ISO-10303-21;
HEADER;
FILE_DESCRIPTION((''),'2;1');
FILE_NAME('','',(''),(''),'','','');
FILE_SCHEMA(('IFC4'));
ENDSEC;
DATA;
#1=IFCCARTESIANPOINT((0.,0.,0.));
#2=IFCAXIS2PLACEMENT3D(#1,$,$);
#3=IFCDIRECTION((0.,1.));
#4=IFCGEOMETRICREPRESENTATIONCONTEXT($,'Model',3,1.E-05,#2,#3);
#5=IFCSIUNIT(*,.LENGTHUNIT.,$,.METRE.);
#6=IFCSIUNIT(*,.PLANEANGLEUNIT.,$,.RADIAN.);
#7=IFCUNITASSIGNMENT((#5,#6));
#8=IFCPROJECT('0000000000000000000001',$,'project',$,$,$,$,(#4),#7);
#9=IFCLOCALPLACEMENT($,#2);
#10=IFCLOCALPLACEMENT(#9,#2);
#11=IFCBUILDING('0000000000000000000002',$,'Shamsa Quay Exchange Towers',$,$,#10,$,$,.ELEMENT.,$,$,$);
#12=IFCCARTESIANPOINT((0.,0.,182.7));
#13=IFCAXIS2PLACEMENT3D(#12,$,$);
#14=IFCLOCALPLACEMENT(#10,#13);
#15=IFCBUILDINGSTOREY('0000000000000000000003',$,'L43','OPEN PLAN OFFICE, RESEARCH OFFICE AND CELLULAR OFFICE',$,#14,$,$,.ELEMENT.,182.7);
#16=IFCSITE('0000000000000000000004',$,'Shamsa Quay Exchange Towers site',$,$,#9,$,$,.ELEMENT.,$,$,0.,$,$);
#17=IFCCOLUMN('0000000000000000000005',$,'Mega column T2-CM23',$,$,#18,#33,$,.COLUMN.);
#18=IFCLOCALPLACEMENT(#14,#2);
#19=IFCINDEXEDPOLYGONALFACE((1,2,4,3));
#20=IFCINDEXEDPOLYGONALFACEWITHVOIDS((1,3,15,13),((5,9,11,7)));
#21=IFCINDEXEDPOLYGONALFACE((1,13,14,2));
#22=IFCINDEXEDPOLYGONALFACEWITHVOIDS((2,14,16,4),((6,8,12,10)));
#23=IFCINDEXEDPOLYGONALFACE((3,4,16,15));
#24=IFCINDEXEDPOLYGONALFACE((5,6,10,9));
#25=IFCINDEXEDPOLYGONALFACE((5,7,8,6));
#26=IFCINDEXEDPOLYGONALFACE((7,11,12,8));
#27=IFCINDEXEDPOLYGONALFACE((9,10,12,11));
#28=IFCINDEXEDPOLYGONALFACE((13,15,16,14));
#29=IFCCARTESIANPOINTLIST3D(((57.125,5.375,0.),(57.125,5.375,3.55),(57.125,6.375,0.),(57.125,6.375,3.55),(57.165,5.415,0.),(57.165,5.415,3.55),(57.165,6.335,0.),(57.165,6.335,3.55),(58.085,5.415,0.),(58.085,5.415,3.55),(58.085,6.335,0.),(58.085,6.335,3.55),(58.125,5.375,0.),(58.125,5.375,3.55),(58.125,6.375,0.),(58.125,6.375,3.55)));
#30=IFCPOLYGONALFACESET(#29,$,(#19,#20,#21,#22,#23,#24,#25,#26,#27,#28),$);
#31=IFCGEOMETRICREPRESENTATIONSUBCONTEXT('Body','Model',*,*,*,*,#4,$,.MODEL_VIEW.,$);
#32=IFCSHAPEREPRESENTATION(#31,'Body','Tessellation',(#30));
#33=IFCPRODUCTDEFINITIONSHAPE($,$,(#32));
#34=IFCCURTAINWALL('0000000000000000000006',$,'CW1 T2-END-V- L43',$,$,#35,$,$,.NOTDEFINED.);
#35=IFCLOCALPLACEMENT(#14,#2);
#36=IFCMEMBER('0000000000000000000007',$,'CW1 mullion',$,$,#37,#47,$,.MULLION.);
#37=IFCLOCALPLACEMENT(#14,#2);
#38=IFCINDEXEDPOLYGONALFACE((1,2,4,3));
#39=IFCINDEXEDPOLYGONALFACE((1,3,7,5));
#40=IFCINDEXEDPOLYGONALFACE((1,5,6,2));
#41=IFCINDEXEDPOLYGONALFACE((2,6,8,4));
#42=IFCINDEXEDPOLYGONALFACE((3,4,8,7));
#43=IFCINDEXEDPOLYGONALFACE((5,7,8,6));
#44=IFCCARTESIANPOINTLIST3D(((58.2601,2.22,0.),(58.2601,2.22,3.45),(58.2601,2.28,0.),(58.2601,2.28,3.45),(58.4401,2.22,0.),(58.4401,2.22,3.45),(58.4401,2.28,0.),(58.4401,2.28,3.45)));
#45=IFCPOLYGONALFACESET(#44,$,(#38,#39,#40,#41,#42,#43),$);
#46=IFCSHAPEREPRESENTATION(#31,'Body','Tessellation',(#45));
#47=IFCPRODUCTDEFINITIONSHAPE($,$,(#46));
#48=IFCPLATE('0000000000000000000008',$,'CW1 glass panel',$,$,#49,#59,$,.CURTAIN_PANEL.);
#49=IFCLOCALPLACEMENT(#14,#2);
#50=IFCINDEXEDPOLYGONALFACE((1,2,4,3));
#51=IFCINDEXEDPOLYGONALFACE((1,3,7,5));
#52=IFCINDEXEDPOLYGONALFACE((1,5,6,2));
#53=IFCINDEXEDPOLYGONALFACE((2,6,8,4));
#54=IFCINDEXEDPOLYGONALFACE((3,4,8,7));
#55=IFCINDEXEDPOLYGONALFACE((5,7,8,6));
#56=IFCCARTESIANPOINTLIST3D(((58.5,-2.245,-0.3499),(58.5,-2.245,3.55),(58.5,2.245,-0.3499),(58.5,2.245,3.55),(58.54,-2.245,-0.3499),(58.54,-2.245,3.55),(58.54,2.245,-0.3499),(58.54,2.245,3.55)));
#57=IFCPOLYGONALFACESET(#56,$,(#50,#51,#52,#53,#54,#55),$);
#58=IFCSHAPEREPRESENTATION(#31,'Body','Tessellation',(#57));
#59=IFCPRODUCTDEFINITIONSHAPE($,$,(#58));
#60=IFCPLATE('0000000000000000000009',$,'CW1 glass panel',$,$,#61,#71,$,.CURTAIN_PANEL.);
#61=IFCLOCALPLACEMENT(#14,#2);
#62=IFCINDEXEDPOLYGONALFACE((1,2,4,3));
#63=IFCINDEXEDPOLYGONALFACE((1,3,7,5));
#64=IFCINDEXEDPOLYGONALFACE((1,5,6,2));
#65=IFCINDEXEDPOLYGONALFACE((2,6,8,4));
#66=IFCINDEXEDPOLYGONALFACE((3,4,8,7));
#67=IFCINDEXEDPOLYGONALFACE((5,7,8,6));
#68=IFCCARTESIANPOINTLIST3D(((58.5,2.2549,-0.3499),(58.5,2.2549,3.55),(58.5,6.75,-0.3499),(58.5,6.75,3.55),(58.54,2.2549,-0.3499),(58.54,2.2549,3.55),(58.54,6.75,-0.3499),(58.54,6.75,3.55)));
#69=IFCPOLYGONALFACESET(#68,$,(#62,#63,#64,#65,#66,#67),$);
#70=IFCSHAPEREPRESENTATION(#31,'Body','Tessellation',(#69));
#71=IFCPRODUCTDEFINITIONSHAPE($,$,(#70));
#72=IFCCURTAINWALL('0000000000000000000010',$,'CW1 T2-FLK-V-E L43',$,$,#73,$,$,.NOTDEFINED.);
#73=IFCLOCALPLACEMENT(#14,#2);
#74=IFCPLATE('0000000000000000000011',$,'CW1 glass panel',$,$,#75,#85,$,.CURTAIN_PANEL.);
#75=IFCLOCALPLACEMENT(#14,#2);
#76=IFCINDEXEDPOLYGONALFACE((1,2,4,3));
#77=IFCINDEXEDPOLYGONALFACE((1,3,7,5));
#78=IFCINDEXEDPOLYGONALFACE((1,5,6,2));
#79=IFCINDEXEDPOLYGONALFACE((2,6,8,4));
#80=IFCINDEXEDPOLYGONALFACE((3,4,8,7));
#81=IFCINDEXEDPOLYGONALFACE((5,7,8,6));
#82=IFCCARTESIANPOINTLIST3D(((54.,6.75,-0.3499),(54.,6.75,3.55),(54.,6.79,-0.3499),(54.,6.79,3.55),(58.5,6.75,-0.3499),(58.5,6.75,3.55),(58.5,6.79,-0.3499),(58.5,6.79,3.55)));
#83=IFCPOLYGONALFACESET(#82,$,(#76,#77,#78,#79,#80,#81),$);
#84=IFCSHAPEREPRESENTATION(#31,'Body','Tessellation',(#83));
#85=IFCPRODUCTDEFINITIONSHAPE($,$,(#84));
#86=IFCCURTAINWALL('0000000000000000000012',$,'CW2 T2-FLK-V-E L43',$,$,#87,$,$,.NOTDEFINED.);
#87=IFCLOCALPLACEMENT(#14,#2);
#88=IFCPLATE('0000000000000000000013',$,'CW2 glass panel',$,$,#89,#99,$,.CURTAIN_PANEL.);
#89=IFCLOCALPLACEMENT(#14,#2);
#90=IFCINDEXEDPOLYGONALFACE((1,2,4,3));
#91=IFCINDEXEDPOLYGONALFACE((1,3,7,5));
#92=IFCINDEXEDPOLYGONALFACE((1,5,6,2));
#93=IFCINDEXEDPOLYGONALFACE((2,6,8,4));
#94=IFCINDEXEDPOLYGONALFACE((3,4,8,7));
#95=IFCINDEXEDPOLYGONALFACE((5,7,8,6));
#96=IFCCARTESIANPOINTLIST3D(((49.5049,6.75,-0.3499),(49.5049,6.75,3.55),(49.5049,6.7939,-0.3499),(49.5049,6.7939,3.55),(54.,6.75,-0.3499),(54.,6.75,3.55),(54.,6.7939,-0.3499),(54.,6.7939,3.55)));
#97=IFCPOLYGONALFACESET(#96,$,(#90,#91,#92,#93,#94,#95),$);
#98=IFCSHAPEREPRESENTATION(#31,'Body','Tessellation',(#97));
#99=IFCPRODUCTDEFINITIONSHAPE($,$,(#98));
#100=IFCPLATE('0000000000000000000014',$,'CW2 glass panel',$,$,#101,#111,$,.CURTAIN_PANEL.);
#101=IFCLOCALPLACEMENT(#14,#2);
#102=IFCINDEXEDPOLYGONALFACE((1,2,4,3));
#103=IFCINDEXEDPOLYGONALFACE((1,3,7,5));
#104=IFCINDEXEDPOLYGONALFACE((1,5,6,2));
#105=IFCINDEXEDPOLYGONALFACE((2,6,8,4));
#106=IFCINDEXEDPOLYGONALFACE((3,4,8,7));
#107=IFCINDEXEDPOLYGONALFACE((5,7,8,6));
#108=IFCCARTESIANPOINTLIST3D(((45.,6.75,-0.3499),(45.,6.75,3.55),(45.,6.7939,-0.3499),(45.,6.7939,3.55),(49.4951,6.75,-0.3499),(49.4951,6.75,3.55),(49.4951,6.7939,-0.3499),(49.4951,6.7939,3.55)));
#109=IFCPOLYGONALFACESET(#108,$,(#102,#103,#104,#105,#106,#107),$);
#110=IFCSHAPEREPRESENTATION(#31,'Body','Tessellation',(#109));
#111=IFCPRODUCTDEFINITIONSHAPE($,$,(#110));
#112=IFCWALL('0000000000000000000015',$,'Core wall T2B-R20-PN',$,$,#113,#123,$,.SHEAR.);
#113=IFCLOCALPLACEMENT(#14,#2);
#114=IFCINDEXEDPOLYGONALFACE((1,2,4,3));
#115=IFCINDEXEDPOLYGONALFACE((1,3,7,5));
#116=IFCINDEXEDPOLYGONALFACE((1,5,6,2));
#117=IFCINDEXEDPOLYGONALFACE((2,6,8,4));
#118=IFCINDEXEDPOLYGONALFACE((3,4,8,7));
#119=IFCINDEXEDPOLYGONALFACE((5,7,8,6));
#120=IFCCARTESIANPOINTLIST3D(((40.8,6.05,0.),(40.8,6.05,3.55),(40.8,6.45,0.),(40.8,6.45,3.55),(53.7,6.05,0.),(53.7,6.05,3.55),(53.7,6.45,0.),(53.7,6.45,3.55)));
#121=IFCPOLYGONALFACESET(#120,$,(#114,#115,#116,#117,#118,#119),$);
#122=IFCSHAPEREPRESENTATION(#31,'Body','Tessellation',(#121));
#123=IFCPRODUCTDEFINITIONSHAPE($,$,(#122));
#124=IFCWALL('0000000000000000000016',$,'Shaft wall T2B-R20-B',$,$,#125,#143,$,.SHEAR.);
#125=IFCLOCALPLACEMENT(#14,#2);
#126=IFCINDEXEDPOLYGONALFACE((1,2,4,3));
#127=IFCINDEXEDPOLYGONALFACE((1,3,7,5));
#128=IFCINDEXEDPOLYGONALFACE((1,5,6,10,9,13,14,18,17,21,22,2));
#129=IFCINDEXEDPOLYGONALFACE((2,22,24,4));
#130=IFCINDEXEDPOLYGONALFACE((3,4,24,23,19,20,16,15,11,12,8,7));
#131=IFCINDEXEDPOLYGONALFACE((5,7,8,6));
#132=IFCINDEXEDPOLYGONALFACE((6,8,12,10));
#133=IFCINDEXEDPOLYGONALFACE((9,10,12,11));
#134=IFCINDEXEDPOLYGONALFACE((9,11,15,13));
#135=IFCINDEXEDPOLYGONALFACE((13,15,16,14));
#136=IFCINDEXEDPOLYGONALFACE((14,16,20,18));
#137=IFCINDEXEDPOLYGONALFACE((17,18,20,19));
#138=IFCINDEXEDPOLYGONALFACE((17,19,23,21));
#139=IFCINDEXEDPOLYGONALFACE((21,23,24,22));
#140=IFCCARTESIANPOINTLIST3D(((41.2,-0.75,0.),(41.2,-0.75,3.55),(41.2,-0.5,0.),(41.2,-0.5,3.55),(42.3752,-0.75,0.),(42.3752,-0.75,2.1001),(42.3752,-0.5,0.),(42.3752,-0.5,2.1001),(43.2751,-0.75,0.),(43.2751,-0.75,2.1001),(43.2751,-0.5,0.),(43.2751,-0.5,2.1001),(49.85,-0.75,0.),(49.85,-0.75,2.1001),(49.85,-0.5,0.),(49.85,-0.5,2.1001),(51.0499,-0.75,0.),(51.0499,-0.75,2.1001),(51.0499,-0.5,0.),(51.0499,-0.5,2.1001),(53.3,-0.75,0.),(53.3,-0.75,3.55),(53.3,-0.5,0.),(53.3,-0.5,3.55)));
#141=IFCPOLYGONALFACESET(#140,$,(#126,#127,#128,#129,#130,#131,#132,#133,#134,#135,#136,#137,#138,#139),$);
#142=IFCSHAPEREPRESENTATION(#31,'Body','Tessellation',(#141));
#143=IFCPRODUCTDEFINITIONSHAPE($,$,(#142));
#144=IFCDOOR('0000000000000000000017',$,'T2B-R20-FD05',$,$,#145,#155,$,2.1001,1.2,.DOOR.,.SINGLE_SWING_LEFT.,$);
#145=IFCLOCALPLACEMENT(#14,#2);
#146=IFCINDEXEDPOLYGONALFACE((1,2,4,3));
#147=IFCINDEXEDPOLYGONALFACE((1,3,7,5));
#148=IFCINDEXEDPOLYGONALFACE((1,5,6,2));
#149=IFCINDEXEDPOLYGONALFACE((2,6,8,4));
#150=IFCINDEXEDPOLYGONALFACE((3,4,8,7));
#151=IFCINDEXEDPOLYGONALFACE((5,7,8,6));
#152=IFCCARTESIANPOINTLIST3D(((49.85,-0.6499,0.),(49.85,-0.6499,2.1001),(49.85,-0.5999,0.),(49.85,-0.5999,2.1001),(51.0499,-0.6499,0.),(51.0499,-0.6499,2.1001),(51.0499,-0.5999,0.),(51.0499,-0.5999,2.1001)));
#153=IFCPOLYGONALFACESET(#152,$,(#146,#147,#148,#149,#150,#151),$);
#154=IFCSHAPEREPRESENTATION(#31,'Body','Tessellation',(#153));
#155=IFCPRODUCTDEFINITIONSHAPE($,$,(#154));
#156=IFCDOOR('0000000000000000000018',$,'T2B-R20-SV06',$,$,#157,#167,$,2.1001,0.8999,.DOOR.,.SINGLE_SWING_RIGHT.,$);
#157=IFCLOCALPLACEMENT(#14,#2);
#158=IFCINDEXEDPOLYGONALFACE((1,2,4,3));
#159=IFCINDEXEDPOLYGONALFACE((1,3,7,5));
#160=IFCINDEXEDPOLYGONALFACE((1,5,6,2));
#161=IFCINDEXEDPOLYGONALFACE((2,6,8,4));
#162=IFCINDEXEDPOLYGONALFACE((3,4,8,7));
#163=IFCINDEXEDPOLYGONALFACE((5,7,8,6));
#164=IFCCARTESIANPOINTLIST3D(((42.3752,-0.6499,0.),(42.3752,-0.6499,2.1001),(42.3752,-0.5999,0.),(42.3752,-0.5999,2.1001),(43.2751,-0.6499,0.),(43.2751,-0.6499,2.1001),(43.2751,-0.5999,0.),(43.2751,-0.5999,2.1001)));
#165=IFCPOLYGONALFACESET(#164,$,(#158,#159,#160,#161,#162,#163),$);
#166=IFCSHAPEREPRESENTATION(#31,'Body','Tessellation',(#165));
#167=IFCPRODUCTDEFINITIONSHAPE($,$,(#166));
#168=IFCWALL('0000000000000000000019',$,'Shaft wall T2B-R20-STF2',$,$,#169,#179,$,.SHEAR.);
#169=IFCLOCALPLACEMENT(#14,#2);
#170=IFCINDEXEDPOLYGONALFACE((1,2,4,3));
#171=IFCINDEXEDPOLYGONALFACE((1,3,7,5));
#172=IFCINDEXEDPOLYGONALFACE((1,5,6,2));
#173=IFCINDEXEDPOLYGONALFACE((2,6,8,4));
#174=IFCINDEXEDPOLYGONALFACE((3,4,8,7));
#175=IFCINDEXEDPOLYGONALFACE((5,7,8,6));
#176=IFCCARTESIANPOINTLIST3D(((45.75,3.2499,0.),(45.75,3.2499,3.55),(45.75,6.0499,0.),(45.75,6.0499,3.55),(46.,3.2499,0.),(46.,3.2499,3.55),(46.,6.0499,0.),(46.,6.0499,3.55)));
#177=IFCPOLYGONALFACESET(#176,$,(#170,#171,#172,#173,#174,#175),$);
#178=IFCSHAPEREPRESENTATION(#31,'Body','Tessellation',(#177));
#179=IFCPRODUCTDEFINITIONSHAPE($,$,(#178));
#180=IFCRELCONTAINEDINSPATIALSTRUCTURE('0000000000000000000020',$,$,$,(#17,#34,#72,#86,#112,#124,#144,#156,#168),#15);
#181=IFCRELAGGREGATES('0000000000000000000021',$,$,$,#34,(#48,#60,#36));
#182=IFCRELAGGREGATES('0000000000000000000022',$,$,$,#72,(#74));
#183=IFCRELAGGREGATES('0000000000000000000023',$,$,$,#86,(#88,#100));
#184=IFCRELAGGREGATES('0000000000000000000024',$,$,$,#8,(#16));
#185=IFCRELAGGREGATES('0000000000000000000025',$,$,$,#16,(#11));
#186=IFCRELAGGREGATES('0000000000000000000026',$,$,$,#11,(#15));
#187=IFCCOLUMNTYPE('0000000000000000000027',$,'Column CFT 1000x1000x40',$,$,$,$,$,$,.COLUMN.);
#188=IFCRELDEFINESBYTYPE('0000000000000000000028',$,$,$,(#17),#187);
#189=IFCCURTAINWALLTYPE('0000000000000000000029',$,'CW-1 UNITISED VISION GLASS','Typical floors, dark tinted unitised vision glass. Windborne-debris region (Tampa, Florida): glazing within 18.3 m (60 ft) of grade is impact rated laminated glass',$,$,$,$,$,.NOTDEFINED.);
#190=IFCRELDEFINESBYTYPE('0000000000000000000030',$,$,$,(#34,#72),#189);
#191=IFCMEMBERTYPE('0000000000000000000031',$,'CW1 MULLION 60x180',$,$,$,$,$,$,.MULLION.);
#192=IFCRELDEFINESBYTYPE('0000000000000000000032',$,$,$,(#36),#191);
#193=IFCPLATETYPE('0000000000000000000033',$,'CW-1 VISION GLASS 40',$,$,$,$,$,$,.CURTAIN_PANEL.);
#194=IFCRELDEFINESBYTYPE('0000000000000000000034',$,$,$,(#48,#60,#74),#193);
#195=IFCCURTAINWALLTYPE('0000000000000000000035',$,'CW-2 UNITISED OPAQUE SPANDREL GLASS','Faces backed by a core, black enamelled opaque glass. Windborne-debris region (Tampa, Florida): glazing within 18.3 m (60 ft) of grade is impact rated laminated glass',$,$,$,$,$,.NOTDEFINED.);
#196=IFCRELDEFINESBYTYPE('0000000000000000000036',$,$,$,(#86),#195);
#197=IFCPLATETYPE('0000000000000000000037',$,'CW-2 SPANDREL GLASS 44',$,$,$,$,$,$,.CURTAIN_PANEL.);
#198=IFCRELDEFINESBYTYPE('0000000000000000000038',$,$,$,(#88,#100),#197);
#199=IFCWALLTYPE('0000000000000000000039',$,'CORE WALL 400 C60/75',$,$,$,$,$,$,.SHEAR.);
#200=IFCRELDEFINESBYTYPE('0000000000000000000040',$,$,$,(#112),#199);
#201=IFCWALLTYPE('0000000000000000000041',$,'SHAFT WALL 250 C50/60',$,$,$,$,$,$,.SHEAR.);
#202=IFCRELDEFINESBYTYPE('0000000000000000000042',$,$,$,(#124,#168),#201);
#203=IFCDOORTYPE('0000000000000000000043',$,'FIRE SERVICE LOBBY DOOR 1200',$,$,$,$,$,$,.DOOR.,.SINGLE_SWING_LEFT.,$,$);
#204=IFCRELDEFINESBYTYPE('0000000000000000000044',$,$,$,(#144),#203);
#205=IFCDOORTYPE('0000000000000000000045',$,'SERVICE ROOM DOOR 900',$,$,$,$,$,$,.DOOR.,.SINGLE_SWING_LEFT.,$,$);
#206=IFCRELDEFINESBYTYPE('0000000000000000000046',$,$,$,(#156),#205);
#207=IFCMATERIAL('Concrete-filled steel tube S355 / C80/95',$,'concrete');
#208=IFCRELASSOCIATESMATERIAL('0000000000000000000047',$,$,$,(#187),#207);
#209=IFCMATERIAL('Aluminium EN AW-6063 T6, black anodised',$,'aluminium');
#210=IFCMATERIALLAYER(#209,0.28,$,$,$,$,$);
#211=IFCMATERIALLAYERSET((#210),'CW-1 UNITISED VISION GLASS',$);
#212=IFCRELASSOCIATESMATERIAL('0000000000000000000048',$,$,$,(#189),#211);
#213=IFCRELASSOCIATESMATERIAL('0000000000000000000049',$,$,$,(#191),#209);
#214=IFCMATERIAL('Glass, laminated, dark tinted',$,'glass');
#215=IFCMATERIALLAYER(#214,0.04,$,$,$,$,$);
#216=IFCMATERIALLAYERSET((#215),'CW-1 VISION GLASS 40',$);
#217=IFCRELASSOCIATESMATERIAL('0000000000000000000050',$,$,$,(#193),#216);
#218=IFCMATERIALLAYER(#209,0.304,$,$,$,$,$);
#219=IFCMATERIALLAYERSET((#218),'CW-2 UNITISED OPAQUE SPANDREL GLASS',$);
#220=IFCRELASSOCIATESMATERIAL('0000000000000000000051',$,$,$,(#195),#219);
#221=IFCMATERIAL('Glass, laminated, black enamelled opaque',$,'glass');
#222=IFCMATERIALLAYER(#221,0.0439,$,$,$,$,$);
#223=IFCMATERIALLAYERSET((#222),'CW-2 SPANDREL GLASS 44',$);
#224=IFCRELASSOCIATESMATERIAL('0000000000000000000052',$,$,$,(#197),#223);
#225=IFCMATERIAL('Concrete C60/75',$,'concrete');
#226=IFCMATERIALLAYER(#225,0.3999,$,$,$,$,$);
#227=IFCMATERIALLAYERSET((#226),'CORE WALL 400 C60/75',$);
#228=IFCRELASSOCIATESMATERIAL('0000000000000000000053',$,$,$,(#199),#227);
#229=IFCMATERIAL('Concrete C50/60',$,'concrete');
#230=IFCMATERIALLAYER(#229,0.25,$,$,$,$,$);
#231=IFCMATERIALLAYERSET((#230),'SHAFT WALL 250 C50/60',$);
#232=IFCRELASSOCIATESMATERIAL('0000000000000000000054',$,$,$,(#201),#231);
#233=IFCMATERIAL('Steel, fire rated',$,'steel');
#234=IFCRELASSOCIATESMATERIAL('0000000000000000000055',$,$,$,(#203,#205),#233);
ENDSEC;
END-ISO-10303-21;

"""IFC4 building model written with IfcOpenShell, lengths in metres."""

from ifc_helpers import new_model, si_unit, direction, frame, frame_2d, origin, origin_2d, place, context, subcontext, project, spatial, rectangle, hollow_rectangle, extrude, material, layer, layer_set, material_profile, profile_set, type_object, element, fill, aggregate, save


model = new_model("IFC4")

# Units and contexts
model_context = context("Model", 3, precision=1e-05, world=origin(), true_north=direction((0.0, 1.0)))
body_context = subcontext(model_context, "Body", "Model", "MODEL_VIEW")
ifc_project = project(units=[si_unit("LENGTHUNIT", "METRE"), si_unit("PLANEANGLEUNIT", "RADIAN")], contexts=[model_context])

# Site, building, storey
site_placement = place(None, origin())
site = spatial("IfcSite", under=ifc_project, at=site_placement, Name="Shamsa Quay Exchange Towers site", CompositionType="ELEMENT", RefElevation=0.0)
building_placement = place(site_placement, origin())
building = spatial("IfcBuilding", under=site, at=building_placement, Name="Shamsa Quay Exchange Towers", CompositionType="ELEMENT")
storey_placement = place(building_placement, frame((0.0, 0.0, 182.7)))
storey = spatial("IfcBuildingStorey", under=building, at=storey_placement, Name="L43", Description="OPEN PLAN OFFICE, RESEARCH OFFICE AND CELLULAR OFFICE", CompositionType="ELEMENT", Elevation=182.7)

# Column
ifc_material_1 = material(Name="Concrete-filled steel tube S355 / C80/95", Category="concrete")
ifc_material_profile_1 = material_profile(ifc_material_1, hollow_rectangle(XDim=1.0, YDim=1.0, WallThickness=0.04, at=origin_2d()), Name="CFT 1000x1000x40")
ifc_profile_set_1 = profile_set([ifc_material_profile_1], Name="Concrete-filled steel tube S355 / C80/95")
column_type = type_object("IfcColumnType", Name="Column CFT 1000x1000x40", PredefinedType="COLUMN", material=ifc_profile_set_1)
column_placement = place(storey_placement, frame((57.625, 5.875, 0.0)))
element("IfcColumn", 1, at=column_placement, inside=storey, type_object=column_type, Name="Mega column T2-CM23", PredefinedType="COLUMN", context=body_context, shape_type="SweptSolid", body=[
    extrude(hollow_rectangle(XDim=1.0, YDim=1.0, WallThickness=0.04, at=origin_2d()), origin(), (0.0, 0.0, 1.0), 3.55),
])

# Curtain wall, member, plates
ifc_material_2 = material(Name="Aluminium EN AW-6063 T6, black anodised", Category="aluminium")
ifc_layer_1 = layer(ifc_material_2, 0.28)
ifc_layer_set_1 = layer_set([ifc_layer_1], Name="CW-1 UNITISED VISION GLASS")
curtain_wall_type_1 = type_object("IfcCurtainWallType", Name="CW-1 UNITISED VISION GLASS", Description="Typical floors, dark tinted unitised vision glass. Windborne-debris region (Tampa, Florida): glazing within 18.3 m (60 ft) of grade is impact rated laminated glass", PredefinedType="NOTDEFINED", material=ifc_layer_set_1)
curtain_wall_1_placement = place(storey_placement, origin())
curtain_wall_1 = element("IfcCurtainWall", 2, at=curtain_wall_1_placement, inside=storey, type_object=curtain_wall_type_1, Name="CW1 T2-END-V- L43", PredefinedType="NOTDEFINED")
ifc_material_profile_2 = material_profile(ifc_material_2, rectangle(XDim=0.1799, YDim=0.0601, at=origin_2d()), Name="MU60x180")
ifc_profile_set_2 = profile_set([ifc_material_profile_2], Name="Aluminium EN AW-6063 T6, black anodised")
member_type = type_object("IfcMemberType", Name="CW1 MULLION 60x180", PredefinedType="MULLION", material=ifc_profile_set_2)
member_placement = place(storey_placement, frame((58.3501, 2.25, 0.0), z_axis=(0.0, 0.0, 1.0), x_axis=(-1.0, 0.0, 0.0)))
member = element("IfcMember", 3, at=member_placement, type_object=member_type, Name="CW1 mullion", PredefinedType="MULLION", context=body_context, shape_type="SweptSolid", body=[
    extrude(rectangle(XDim=0.1799, YDim=0.0601, at=origin_2d()), origin(), (0.0, 0.0, 1.0), 3.45),
])
ifc_material_3 = material(Name="Glass, laminated, dark tinted", Category="glass")
ifc_layer_2 = layer(ifc_material_3, 0.04)
ifc_layer_set_2 = layer_set([ifc_layer_2], Name="CW-1 VISION GLASS 40")
plate_type_1 = type_object("IfcPlateType", Name="CW-1 VISION GLASS 40", PredefinedType="CURTAIN_PANEL", material=ifc_layer_set_2)
plate_1_placement = place(storey_placement, frame((58.52, 0.0, -0.3499), z_axis=(0.0, 0.0, 1.0), x_axis=(0.0, 1.0, 0.0)))
plate_1 = element("IfcPlate", 4, at=plate_1_placement, type_object=plate_type_1, Name="CW1 glass panel", PredefinedType="CURTAIN_PANEL", context=body_context, shape_type="SweptSolid", body=[
    extrude(rectangle(XDim=4.49, YDim=0.04, at=origin_2d()), origin(), (0.0, 0.0, 1.0), 3.8999),
])
plate_2_placement = place(storey_placement, frame((58.52, 4.5024, -0.3499), z_axis=(0.0, 0.0, 1.0), x_axis=(0.0, 1.0, 0.0)))
plate_2 = element("IfcPlate", 5, at=plate_2_placement, type_object=plate_type_1, Name="CW1 glass panel", PredefinedType="CURTAIN_PANEL", context=body_context, shape_type="SweptSolid", body=[
    extrude(rectangle(XDim=4.4951, YDim=0.04, at=origin_2d()), origin(), (0.0, 0.0, 1.0), 3.8999),
])
aggregate(curtain_wall_1, [plate_1, plate_2, member])

# Curtain wall, plate
curtain_wall_2_placement = place(storey_placement, origin())
curtain_wall_2 = element("IfcCurtainWall", 6, at=curtain_wall_2_placement, inside=storey, type_object=curtain_wall_type_1, Name="CW1 T2-FLK-V-E L43", PredefinedType="NOTDEFINED")
plate_3_placement = place(storey_placement, frame((56.25, 6.77, -0.3499), z_axis=(0.0, 0.0, 1.0), x_axis=(-1.0, 0.0, 0.0)))
plate_3 = element("IfcPlate", 7, at=plate_3_placement, type_object=plate_type_1, Name="CW1 glass panel", PredefinedType="CURTAIN_PANEL", context=body_context, shape_type="SweptSolid", body=[
    extrude(rectangle(XDim=4.5, YDim=0.04, at=origin_2d()), origin(), (0.0, 0.0, 1.0), 3.8999),
])
aggregate(curtain_wall_2, [plate_3])

# Curtain wall, plates
ifc_layer_3 = layer(ifc_material_2, 0.304)
ifc_layer_set_3 = layer_set([ifc_layer_3], Name="CW-2 UNITISED OPAQUE SPANDREL GLASS")
curtain_wall_type_2 = type_object("IfcCurtainWallType", Name="CW-2 UNITISED OPAQUE SPANDREL GLASS", Description="Faces backed by a core, black enamelled opaque glass. Windborne-debris region (Tampa, Florida): glazing within 18.3 m (60 ft) of grade is impact rated laminated glass", PredefinedType="NOTDEFINED", material=ifc_layer_set_3)
curtain_wall_3_placement = place(storey_placement, origin())
curtain_wall_3 = element("IfcCurtainWall", 8, at=curtain_wall_3_placement, inside=storey, type_object=curtain_wall_type_2, Name="CW2 T2-FLK-V-E L43", PredefinedType="NOTDEFINED")
ifc_material_4 = material(Name="Glass, laminated, black enamelled opaque", Category="glass")
ifc_layer_4 = layer(ifc_material_4, 0.0439)
ifc_layer_set_4 = layer_set([ifc_layer_4], Name="CW-2 SPANDREL GLASS 44")
plate_type_2 = type_object("IfcPlateType", Name="CW-2 SPANDREL GLASS 44", PredefinedType="CURTAIN_PANEL", material=ifc_layer_set_4)
plate_4_placement = place(storey_placement, frame((51.7524, 6.772, -0.3499), z_axis=(0.0, 0.0, 1.0), x_axis=(-1.0, 0.0, 0.0)))
plate_4 = element("IfcPlate", 9, at=plate_4_placement, type_object=plate_type_2, Name="CW2 glass panel", PredefinedType="CURTAIN_PANEL", context=body_context, shape_type="SweptSolid", body=[
    extrude(rectangle(XDim=4.4951, YDim=0.0439, at=origin_2d()), origin(), (0.0, 0.0, 1.0), 3.8999),
])
plate_5_placement = place(storey_placement, frame((47.2476, 6.772, -0.3499), z_axis=(0.0, 0.0, 1.0), x_axis=(-1.0, 0.0, 0.0)))
plate_5 = element("IfcPlate", 10, at=plate_5_placement, type_object=plate_type_2, Name="CW2 glass panel", PredefinedType="CURTAIN_PANEL", context=body_context, shape_type="SweptSolid", body=[
    extrude(rectangle(XDim=4.4951, YDim=0.0439, at=origin_2d()), origin(), (0.0, 0.0, 1.0), 3.8999),
])
aggregate(curtain_wall_3, [plate_4, plate_5])

# Wall
ifc_material_5 = material(Name="Concrete C60/75", Category="concrete")
ifc_layer_5 = layer(ifc_material_5, 0.3999)
ifc_layer_set_5 = layer_set([ifc_layer_5], Name="CORE WALL 400 C60/75")
wall_type_1 = type_object("IfcWallType", Name="CORE WALL 400 C60/75", PredefinedType="SHEAR", material=ifc_layer_set_5)
wall_1_placement = place(storey_placement, frame((53.7, 6.25, 0.0), z_axis=(0.0, 0.0, 1.0), x_axis=(-1.0, 0.0, 0.0)))
element("IfcWall", 11, at=wall_1_placement, inside=storey, type_object=wall_type_1, Name="Core wall T2B-R20-PN", PredefinedType="SHEAR", context=body_context, shape_type="SweptSolid", body=[
    extrude(rectangle(XDim=12.8999, YDim=0.3999, at=frame_2d((6.45, 0.0))), origin(), (0.0, 0.0, 1.0), 3.55),
])

# Wall, openings, doors
ifc_material_6 = material(Name="Concrete C50/60", Category="concrete")
ifc_layer_6 = layer(ifc_material_6, 0.25)
ifc_layer_set_6 = layer_set([ifc_layer_6], Name="SHAFT WALL 250 C50/60")
wall_type_2 = type_object("IfcWallType", Name="SHAFT WALL 250 C50/60", PredefinedType="SHEAR", material=ifc_layer_set_6)
wall_2_placement = place(storey_placement, frame((53.3, -0.625, 0.0), z_axis=(0.0, 0.0, 1.0), x_axis=(-1.0, 0.0, 0.0)))
wall_2 = element("IfcWall", 12, at=wall_2_placement, inside=storey, type_object=wall_type_2, Name="Shaft wall T2B-R20-B", PredefinedType="SHEAR", context=body_context, shape_type="SweptSolid", body=[
    extrude(rectangle(XDim=12.1001, YDim=0.25, at=frame_2d((6.05, 0.0))), origin(), (0.0, 0.0, 1.0), 3.55),
])
opening_1_placement = place(wall_2_placement, frame((2.25, 0.0, 0.0)))
opening_1 = element("IfcOpeningElement", 13, at=opening_1_placement, cuts=wall_2, PredefinedType="OPENING", context=body_context, shape_type="SweptSolid", body=[
    extrude(rectangle(XDim=1.2, YDim=2.1001, at=frame_2d((0.6001, 1.05))), frame((0.0, 0.135, 0.0), z_axis=(0.0, -1.0, 0.0), x_axis=(1.0, 0.0, 0.0)), (0.0, 0.0, 1.0), 0.27),
])
opening_2_placement = place(wall_2_placement, frame((10.0249, 0.0, 0.0)))
opening_2 = element("IfcOpeningElement", 14, at=opening_2_placement, cuts=wall_2, PredefinedType="OPENING", context=body_context, shape_type="SweptSolid", body=[
    extrude(rectangle(XDim=0.8999, YDim=2.1001, at=frame_2d((0.45, 1.05))), frame((0.0, 0.135, 0.0), z_axis=(0.0, -1.0, 0.0), x_axis=(1.0, 0.0, 0.0)), (0.0, 0.0, 1.0), 0.27),
])
ifc_material_7 = material(Name="Steel, fire rated", Category="steel")
door_type_1 = type_object("IfcDoorType", Name="FIRE SERVICE LOBBY DOOR 1200", OperationType="SINGLE_SWING_LEFT", PredefinedType="DOOR", material=ifc_material_7)
door_1_placement = place(opening_1_placement, origin())
door_1 = element("IfcDoor", 15, at=door_1_placement, inside=storey, type_object=door_type_1, Name="T2B-R20-FD05", OperationType="SINGLE_SWING_LEFT", OverallHeight=2.1001, OverallWidth=1.2, PredefinedType="DOOR", context=body_context, shape_type="SweptSolid", body=[
    extrude(rectangle(XDim=1.2, YDim=2.1001, at=frame_2d((0.6001, 1.05))), frame((0.0, 0.0249, 0.0), z_axis=(0.0, -1.0, 0.0), x_axis=(1.0, 0.0, 0.0)), (0.0, 0.0, 1.0), 0.05),
])
fill(opening_1, door_1)
door_type_2 = type_object("IfcDoorType", Name="SERVICE ROOM DOOR 900", OperationType="SINGLE_SWING_LEFT", PredefinedType="DOOR", material=ifc_material_7)
door_2_placement = place(opening_2_placement, origin())
door_2 = element("IfcDoor", 16, at=door_2_placement, inside=storey, type_object=door_type_2, Name="T2B-R20-SV06", OperationType="SINGLE_SWING_RIGHT", OverallHeight=2.1001, OverallWidth=0.8999, PredefinedType="DOOR", context=body_context, shape_type="SweptSolid", body=[
    extrude(rectangle(XDim=0.8999, YDim=2.1001, at=frame_2d((0.45, 1.05))), frame((0.0, 0.0249, 0.0), z_axis=(0.0, -1.0, 0.0), x_axis=(1.0, 0.0, 0.0)), (0.0, 0.0, 1.0), 0.05),
])
fill(opening_2, door_2)

# Wall
wall_3_placement = place(storey_placement, frame((45.875, 3.25, 0.0), z_axis=(0.0, 0.0, 1.0), x_axis=(0.0, 1.0, 0.0)))
element("IfcWall", 17, at=wall_3_placement, inside=storey, type_object=wall_type_2, Name="Shaft wall T2B-R20-STF2", PredefinedType="SHEAR", context=body_context, shape_type="SweptSolid", body=[
    extrude(rectangle(XDim=2.8, YDim=0.25, at=frame_2d((1.3999, 0.0))), origin(), (0.0, 0.0, 1.0), 3.55),
])

save(model, "model.ifc")
